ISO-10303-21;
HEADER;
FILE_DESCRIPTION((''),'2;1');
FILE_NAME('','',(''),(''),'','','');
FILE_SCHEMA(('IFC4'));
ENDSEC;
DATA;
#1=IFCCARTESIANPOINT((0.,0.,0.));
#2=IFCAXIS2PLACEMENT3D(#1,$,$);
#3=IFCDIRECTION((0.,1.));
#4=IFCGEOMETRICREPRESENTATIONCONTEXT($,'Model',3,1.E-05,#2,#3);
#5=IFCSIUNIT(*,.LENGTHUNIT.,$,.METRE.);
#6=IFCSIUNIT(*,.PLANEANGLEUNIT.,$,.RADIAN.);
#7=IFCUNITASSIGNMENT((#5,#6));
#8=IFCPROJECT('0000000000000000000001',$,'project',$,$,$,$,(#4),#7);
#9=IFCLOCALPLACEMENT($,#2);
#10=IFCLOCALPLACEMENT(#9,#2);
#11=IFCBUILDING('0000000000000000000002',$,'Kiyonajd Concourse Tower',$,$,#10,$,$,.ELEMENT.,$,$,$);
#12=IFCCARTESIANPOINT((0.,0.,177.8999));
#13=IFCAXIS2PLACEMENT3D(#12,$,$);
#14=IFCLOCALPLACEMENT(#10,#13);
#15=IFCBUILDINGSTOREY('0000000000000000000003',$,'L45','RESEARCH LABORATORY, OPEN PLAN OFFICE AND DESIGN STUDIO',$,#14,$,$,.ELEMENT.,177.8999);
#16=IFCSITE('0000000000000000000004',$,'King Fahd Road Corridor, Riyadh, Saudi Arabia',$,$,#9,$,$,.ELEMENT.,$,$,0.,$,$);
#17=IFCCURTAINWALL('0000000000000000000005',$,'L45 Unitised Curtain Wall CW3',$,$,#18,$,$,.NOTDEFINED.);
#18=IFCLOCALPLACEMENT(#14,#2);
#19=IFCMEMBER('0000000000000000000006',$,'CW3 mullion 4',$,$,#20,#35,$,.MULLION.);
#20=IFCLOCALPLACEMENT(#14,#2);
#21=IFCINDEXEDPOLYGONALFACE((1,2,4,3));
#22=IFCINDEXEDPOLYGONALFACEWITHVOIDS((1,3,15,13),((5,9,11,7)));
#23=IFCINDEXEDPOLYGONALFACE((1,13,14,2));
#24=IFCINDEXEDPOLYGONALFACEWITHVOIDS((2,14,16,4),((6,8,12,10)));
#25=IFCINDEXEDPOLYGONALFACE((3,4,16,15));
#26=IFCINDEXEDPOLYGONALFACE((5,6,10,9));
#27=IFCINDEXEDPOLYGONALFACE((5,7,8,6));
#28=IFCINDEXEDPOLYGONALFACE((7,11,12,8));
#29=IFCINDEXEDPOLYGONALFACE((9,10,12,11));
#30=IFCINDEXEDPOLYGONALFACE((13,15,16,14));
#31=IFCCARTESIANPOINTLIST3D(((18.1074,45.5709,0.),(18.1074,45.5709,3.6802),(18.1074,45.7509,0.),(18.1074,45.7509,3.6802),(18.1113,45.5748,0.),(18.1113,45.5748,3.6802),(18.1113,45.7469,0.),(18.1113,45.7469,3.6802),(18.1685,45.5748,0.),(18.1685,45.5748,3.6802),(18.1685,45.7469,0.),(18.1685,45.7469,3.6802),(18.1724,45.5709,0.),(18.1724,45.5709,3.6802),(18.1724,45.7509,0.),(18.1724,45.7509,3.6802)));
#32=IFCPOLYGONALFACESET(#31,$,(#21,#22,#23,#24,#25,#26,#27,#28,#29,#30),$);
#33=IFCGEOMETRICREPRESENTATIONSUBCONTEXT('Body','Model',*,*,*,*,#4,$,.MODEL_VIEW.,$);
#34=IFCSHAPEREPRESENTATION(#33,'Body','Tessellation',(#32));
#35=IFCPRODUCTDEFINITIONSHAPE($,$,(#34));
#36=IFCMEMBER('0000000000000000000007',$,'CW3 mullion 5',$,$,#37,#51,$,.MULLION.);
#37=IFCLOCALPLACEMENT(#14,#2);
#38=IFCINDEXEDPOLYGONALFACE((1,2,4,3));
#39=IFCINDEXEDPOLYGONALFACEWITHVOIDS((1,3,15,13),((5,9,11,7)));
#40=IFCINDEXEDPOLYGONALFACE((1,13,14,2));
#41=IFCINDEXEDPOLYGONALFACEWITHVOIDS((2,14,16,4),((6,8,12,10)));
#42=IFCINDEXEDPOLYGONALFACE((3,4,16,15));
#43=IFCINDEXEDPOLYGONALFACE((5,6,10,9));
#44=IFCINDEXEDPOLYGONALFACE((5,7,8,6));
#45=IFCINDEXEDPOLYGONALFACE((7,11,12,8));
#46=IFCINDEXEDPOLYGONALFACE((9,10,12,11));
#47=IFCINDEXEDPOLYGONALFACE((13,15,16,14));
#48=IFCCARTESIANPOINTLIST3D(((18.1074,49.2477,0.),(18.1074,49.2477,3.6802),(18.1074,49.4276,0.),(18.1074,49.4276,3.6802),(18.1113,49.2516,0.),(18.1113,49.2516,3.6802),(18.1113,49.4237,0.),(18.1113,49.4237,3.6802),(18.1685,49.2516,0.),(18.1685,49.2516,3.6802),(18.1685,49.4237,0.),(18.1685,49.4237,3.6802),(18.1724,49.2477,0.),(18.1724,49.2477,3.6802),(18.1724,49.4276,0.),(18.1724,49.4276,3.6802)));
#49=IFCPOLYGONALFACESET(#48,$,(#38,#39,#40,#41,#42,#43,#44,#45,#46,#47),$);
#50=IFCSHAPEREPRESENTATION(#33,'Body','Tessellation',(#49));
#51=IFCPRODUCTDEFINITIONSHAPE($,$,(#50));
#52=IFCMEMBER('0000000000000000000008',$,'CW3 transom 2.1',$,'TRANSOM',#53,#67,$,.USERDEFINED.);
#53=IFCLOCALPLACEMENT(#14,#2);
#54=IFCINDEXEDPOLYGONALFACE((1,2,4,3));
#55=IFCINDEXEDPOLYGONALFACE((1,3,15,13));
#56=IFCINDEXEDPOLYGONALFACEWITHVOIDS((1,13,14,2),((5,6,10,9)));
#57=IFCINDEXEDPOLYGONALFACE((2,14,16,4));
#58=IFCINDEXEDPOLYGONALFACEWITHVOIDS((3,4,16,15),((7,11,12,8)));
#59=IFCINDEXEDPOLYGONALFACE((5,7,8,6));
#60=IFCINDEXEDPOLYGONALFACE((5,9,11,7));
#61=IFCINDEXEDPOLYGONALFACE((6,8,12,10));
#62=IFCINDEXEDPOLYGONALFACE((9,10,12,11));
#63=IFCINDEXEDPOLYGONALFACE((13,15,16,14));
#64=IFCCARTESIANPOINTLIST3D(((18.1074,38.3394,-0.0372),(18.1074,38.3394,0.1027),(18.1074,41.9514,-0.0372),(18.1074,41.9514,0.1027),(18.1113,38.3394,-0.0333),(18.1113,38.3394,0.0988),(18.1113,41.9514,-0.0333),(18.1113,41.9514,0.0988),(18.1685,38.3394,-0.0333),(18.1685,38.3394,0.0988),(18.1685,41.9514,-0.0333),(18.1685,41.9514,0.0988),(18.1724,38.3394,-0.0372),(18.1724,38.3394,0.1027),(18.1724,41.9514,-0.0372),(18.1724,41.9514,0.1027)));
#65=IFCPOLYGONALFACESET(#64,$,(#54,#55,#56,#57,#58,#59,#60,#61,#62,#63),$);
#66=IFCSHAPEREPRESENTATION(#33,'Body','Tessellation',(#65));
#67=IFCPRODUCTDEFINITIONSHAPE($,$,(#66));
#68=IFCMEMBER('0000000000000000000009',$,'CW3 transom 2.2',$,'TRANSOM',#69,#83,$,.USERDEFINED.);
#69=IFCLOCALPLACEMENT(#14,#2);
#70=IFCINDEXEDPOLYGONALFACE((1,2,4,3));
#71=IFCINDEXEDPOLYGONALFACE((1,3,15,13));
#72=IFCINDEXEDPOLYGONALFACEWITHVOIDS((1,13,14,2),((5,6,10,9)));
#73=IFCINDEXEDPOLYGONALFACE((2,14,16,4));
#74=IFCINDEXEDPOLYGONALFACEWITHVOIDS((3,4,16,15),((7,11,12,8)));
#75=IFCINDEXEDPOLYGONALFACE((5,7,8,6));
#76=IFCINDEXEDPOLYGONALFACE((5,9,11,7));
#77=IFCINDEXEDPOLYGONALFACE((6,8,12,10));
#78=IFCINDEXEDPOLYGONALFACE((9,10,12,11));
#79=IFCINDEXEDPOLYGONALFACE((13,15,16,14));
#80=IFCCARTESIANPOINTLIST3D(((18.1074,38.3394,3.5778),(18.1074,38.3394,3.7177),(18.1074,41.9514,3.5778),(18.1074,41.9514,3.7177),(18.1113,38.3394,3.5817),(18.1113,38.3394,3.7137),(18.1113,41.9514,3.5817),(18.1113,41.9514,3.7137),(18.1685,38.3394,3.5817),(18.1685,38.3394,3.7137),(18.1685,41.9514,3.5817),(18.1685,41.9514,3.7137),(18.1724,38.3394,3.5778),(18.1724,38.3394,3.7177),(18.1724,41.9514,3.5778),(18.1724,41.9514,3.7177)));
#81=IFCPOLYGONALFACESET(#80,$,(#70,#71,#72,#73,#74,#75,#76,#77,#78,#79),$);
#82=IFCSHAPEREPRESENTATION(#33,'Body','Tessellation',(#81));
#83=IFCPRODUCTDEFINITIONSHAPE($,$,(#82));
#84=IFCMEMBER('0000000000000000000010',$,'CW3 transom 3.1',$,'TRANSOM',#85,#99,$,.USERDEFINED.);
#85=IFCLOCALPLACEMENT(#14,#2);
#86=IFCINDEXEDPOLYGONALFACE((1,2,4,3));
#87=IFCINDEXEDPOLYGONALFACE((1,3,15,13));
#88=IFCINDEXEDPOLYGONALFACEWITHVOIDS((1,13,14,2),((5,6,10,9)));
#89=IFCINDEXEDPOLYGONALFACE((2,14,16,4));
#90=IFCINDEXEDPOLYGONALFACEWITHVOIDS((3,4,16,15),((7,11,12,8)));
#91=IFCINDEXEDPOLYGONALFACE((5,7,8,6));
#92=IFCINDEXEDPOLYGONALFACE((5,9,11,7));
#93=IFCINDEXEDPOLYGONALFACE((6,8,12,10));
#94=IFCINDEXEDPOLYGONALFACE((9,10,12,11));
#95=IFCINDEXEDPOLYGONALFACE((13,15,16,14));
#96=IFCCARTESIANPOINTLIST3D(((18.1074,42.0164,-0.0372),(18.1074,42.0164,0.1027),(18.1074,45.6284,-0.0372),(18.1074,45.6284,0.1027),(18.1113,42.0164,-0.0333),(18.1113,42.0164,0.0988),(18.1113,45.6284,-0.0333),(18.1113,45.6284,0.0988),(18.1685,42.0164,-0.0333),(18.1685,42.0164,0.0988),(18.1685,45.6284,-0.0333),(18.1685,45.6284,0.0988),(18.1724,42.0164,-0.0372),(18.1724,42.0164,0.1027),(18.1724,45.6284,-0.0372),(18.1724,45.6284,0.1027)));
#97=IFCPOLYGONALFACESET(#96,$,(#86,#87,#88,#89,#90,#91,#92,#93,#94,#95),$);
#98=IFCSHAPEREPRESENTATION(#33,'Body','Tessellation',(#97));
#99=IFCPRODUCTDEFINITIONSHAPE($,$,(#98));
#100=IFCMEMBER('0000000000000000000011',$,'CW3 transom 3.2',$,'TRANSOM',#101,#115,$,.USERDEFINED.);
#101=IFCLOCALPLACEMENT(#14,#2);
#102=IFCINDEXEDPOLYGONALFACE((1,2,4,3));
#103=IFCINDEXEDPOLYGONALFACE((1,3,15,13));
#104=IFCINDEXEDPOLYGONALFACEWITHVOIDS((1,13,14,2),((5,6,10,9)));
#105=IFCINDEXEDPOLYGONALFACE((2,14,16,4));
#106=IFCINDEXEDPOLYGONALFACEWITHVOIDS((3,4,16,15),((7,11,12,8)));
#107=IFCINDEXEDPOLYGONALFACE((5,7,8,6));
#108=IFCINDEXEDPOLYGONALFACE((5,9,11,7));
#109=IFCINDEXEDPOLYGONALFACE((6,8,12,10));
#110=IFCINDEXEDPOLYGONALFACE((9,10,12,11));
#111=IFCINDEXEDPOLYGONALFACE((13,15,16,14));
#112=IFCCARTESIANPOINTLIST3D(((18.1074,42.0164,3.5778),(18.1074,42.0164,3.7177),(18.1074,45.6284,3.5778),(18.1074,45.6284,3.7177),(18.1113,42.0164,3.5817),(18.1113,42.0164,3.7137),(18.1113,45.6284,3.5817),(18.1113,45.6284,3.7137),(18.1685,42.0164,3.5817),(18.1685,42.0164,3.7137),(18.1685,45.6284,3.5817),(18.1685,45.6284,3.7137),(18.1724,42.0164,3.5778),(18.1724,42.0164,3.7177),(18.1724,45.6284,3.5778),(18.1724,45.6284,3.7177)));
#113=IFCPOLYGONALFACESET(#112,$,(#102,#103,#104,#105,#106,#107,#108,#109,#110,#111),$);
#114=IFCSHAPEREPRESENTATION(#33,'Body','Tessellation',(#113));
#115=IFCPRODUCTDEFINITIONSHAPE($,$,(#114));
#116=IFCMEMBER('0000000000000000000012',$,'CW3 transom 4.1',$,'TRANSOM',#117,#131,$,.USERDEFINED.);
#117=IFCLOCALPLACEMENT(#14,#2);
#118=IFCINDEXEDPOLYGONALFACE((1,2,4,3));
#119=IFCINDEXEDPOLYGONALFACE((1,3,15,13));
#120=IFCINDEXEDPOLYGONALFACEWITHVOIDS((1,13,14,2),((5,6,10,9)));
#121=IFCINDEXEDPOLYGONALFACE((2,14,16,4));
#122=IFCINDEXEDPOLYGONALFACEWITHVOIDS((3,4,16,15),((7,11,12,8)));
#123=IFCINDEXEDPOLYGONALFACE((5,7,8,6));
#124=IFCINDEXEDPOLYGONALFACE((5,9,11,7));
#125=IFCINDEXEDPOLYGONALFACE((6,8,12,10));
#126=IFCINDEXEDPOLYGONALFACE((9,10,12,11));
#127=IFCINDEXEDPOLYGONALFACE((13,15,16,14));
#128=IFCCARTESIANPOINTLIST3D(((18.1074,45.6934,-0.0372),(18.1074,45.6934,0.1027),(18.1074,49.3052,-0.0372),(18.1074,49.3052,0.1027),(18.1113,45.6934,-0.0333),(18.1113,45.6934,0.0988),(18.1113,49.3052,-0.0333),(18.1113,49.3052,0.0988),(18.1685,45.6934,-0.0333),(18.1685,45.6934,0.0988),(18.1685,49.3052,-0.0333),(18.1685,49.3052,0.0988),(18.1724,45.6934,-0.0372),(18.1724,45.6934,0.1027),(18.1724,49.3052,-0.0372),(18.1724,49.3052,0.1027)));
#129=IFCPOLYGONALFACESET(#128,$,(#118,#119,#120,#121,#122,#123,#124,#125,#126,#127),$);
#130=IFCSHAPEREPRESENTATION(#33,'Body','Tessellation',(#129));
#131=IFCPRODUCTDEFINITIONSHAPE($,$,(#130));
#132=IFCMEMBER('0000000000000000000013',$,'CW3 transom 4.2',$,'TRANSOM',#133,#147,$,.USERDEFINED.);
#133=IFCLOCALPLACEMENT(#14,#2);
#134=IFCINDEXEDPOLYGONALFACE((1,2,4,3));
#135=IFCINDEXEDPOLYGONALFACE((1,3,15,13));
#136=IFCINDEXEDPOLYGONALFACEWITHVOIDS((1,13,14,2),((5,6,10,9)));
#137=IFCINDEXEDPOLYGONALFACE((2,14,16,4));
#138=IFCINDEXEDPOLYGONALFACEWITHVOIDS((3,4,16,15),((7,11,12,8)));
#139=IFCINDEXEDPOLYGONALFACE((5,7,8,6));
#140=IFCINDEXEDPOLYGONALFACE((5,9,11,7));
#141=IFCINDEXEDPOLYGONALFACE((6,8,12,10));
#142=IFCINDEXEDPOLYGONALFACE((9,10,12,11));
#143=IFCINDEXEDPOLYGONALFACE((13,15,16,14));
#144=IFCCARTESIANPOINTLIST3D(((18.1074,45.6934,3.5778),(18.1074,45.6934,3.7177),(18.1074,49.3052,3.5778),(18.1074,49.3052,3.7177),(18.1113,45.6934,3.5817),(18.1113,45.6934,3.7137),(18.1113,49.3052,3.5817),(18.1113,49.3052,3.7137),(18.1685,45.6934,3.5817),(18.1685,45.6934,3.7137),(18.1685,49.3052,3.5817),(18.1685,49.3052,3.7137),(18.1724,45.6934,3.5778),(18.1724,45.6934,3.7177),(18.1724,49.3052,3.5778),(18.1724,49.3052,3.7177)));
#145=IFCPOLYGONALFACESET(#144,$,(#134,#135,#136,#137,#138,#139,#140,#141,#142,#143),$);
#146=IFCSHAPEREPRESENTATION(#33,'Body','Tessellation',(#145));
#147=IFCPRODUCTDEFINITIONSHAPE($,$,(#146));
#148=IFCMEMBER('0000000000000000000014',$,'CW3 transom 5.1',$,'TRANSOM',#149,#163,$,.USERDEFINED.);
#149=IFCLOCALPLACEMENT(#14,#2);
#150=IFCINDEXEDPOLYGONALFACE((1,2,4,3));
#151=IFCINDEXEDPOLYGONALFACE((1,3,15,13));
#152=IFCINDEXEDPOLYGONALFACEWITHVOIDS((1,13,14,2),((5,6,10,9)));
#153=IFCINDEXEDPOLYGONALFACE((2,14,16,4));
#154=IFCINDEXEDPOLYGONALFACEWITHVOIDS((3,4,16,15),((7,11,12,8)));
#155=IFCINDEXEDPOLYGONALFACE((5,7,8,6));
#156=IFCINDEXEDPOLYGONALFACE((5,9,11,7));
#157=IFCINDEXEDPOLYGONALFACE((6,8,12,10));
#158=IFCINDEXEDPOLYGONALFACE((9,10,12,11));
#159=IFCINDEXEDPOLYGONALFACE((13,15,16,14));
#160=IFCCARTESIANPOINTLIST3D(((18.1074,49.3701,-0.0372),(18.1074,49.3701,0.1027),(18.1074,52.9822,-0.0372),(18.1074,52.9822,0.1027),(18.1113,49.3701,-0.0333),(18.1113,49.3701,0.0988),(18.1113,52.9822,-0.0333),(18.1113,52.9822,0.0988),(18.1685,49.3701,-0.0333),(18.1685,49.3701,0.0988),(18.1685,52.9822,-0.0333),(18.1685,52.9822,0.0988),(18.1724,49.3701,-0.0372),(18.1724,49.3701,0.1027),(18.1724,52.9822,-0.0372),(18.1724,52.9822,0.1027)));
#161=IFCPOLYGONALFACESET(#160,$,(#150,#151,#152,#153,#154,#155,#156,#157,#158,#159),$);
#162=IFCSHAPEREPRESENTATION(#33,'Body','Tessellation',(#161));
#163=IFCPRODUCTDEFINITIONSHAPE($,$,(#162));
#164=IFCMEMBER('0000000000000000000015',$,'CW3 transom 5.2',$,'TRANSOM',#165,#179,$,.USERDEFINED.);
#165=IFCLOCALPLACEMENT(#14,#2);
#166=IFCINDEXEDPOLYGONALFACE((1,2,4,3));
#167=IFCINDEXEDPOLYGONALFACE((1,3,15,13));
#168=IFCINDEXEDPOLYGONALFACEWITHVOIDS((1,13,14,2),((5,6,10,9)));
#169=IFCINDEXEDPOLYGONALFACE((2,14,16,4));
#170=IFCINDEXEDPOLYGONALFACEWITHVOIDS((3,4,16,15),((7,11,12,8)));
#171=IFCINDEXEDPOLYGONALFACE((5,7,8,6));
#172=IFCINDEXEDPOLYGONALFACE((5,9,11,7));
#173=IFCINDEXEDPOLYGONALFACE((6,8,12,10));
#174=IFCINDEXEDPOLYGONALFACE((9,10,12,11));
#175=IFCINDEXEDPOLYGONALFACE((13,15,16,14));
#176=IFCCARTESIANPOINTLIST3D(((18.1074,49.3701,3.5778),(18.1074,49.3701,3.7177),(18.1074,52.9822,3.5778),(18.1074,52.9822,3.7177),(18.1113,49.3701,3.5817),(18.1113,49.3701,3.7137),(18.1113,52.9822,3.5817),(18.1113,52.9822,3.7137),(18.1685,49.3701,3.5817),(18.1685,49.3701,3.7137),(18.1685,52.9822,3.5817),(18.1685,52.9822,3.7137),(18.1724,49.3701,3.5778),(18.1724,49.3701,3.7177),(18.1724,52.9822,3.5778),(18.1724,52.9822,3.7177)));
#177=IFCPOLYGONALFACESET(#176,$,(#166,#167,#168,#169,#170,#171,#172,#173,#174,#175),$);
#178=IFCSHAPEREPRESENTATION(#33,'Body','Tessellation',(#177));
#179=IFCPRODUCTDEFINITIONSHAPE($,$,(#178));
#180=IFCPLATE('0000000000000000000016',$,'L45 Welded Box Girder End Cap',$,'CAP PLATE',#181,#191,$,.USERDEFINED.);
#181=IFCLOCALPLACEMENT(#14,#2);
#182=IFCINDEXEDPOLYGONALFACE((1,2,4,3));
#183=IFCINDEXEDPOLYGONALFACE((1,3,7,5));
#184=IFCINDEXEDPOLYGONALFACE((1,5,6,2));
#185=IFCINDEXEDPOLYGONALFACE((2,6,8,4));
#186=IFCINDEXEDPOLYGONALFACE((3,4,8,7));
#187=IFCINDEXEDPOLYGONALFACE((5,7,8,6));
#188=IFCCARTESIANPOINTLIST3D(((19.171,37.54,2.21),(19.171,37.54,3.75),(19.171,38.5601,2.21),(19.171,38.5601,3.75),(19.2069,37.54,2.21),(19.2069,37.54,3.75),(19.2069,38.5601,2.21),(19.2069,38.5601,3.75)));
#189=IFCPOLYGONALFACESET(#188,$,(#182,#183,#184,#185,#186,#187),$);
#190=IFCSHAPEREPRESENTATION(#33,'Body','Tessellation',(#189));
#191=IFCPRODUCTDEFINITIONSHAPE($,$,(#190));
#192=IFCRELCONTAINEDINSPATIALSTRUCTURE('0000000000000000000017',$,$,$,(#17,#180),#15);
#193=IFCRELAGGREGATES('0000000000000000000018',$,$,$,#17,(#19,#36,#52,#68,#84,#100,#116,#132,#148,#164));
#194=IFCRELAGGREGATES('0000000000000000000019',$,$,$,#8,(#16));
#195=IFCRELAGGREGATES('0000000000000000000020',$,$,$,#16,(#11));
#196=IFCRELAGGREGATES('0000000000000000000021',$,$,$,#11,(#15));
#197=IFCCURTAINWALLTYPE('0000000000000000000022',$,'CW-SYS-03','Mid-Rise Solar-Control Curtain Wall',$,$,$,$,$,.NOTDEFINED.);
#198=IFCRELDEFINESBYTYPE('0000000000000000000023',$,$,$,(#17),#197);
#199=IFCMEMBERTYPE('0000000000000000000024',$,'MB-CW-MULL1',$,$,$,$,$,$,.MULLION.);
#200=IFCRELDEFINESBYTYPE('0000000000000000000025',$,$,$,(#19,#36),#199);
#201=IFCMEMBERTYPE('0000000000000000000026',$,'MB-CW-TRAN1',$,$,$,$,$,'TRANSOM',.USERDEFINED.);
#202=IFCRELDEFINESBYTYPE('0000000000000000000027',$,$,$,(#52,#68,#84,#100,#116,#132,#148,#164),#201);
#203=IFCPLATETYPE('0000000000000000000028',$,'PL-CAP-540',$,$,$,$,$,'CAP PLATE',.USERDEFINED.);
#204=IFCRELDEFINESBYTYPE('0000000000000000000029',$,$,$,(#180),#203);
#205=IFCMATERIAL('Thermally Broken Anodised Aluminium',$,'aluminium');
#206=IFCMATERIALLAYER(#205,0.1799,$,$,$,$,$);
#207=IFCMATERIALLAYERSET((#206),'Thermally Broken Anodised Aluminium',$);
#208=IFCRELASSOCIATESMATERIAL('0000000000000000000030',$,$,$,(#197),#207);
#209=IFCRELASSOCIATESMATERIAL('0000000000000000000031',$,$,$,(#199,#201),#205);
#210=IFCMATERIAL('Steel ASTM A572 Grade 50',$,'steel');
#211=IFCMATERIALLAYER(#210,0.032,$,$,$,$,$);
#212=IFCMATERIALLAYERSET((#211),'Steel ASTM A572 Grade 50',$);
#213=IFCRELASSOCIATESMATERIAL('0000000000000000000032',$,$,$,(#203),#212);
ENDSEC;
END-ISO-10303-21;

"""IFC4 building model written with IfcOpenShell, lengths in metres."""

from ifc_helpers import new_model, si_unit, direction, frame, origin, origin_2d, place, context, subcontext, project, spatial, rectangle, hollow_rectangle, extrude, material, layer, layer_set, material_profile, profile_set, type_object, element, aggregate, save


model = new_model("IFC4")

# Units and contexts
model_context = context("Model", 3, precision=1e-05, world=origin(), true_north=direction((0.0, 1.0)))
body_context = subcontext(model_context, "Body", "Model", "MODEL_VIEW")
ifc_project = project(units=[si_unit("LENGTHUNIT", "METRE"), si_unit("PLANEANGLEUNIT", "RADIAN")], contexts=[model_context])

# Site, building, storey
site_placement = place(None, origin())
site = spatial("IfcSite", under=ifc_project, at=site_placement, Name="King Fahd Road Corridor, Riyadh, Saudi Arabia", CompositionType="ELEMENT", RefElevation=0.0)
building_placement = place(site_placement, origin())
building = spatial("IfcBuilding", under=site, at=building_placement, Name="Kiyonajd Concourse Tower", CompositionType="ELEMENT")
storey_placement = place(building_placement, frame((0.0, 0.0, 177.8999)))
storey = spatial("IfcBuildingStorey", under=building, at=storey_placement, Name="L45", Description="RESEARCH LABORATORY, OPEN PLAN OFFICE AND DESIGN STUDIO", CompositionType="ELEMENT", Elevation=177.8999)

# Shared definitions
ifc_material_1 = material(Name="Steel ASTM A572 Grade 50", Category="steel")

# Curtain wall, members
ifc_material_2 = material(Name="Thermally Broken Anodised Aluminium", Category="aluminium")
ifc_layer_1 = layer(ifc_material_2, 0.1799)
ifc_layer_set_1 = layer_set([ifc_layer_1], Name="Thermally Broken Anodised Aluminium")
curtain_wall_type = type_object("IfcCurtainWallType", Name="CW-SYS-03", Description="Mid-Rise Solar-Control Curtain Wall", PredefinedType="NOTDEFINED", material=ifc_layer_set_1)
curtain_wall_placement = place(storey_placement, origin())
curtain_wall = element("IfcCurtainWall", 1, at=curtain_wall_placement, inside=storey, type_object=curtain_wall_type, Name="L45 Unitised Curtain Wall CW3", PredefinedType="NOTDEFINED")
ifc_material_profile_1 = material_profile(ifc_material_2, hollow_rectangle(XDim=0.0649, YDim=0.1799, WallThickness=0.0039, at=origin_2d()), Name="MULL-65x180")
ifc_profile_set_1 = profile_set([ifc_material_profile_1], Name="Thermally Broken Anodised Aluminium")
member_type_1 = type_object("IfcMemberType", Name="MB-CW-MULL1", PredefinedType="MULLION", material=ifc_profile_set_1)
member_1_placement = place(storey_placement, frame((18.1399, 45.6609, 0.0), z_axis=(0.0, 0.0, 1.0), x_axis=(-1.0, 0.0, 0.0)))
member_1 = element("IfcMember", 2, at=member_1_placement, type_object=member_type_1, Name="CW3 mullion 4", PredefinedType="MULLION", context=body_context, shape_type="SweptSolid", body=[
    extrude(hollow_rectangle(XDim=0.0649, YDim=0.1799, WallThickness=0.0039, at=origin_2d()), origin(), (0.0, 0.0, 1.0), 3.6802),
])
member_2_placement = place(storey_placement, frame((18.1399, 49.3376, 0.0), z_axis=(0.0, 0.0, 1.0), x_axis=(-1.0, 0.0, 0.0)))
member_2 = element("IfcMember", 3, at=member_2_placement, type_object=member_type_1, Name="CW3 mullion 5", PredefinedType="MULLION", context=body_context, shape_type="SweptSolid", body=[
    extrude(hollow_rectangle(XDim=0.0649, YDim=0.1799, WallThickness=0.0039, at=origin_2d()), origin(), (0.0, 0.0, 1.0), 3.6802),
])
ifc_material_profile_2 = material_profile(ifc_material_2, hollow_rectangle(XDim=0.0649, YDim=0.1399, WallThickness=0.0039, at=origin_2d()), Name="TRAN-65x140")
ifc_profile_set_2 = profile_set([ifc_material_profile_2], Name="Thermally Broken Anodised Aluminium")
member_type_2 = type_object("IfcMemberType", Name="MB-CW-TRAN1", ElementType="TRANSOM", PredefinedType="USERDEFINED", material=ifc_profile_set_2)
member_3_placement = place(storey_placement, frame((18.1399, 38.3394, 0.0327), z_axis=(0.0, 1.0, 0.0), x_axis=(-1.0, 0.0, 0.0)))
member_3 = element("IfcMember", 4, at=member_3_placement, type_object=member_type_2, Name="CW3 transom 2.1", ObjectType="TRANSOM", PredefinedType="USERDEFINED", context=body_context, shape_type="SweptSolid", body=[
    extrude(hollow_rectangle(XDim=0.0649, YDim=0.1399, WallThickness=0.0039, at=origin_2d()), origin(), (0.0, 0.0, 1.0), 3.6121),
])
member_4_placement = place(storey_placement, frame((18.1399, 38.3394, 3.6477), z_axis=(0.0, 1.0, 0.0), x_axis=(-1.0, 0.0, 0.0)))
member_4 = element("IfcMember", 5, at=member_4_placement, type_object=member_type_2, Name="CW3 transom 2.2", ObjectType="TRANSOM", PredefinedType="USERDEFINED", context=body_context, shape_type="SweptSolid", body=[
    extrude(hollow_rectangle(XDim=0.0649, YDim=0.1399, WallThickness=0.0039, at=origin_2d()), origin(), (0.0, 0.0, 1.0), 3.6121),
])
member_5_placement = place(storey_placement, frame((18.1399, 42.0164, 0.0327), z_axis=(0.0, 1.0, 0.0), x_axis=(-1.0, 0.0, 0.0)))
member_5 = element("IfcMember", 6, at=member_5_placement, type_object=member_type_2, Name="CW3 transom 3.1", ObjectType="TRANSOM", PredefinedType="USERDEFINED", context=body_context, shape_type="SweptSolid", body=[
    extrude(hollow_rectangle(XDim=0.0649, YDim=0.1399, WallThickness=0.0039, at=origin_2d()), origin(), (0.0, 0.0, 1.0), 3.6121),
])
member_6_placement = place(storey_placement, frame((18.1399, 42.0164, 3.6477), z_axis=(0.0, 1.0, 0.0), x_axis=(-1.0, 0.0, 0.0)))
member_6 = element("IfcMember", 7, at=member_6_placement, type_object=member_type_2, Name="CW3 transom 3.2", ObjectType="TRANSOM", PredefinedType="USERDEFINED", context=body_context, shape_type="SweptSolid", body=[
    extrude(hollow_rectangle(XDim=0.0649, YDim=0.1399, WallThickness=0.0039, at=origin_2d()), origin(), (0.0, 0.0, 1.0), 3.6121),
])
member_7_placement = place(storey_placement, frame((18.1399, 45.6934, 0.0327), z_axis=(0.0, 1.0, 0.0), x_axis=(-1.0, 0.0, 0.0)))
member_7 = element("IfcMember", 8, at=member_7_placement, type_object=member_type_2, Name="CW3 transom 4.1", ObjectType="TRANSOM", PredefinedType="USERDEFINED", context=body_context, shape_type="SweptSolid", body=[
    extrude(hollow_rectangle(XDim=0.0649, YDim=0.1399, WallThickness=0.0039, at=origin_2d()), origin(), (0.0, 0.0, 1.0), 3.6118),
])
member_8_placement = place(storey_placement, frame((18.1399, 45.6934, 3.6477), z_axis=(0.0, 1.0, 0.0), x_axis=(-1.0, 0.0, 0.0)))
member_8 = element("IfcMember", 9, at=member_8_placement, type_object=member_type_2, Name="CW3 transom 4.2", ObjectType="TRANSOM", PredefinedType="USERDEFINED", context=body_context, shape_type="SweptSolid", body=[
    extrude(hollow_rectangle(XDim=0.0649, YDim=0.1399, WallThickness=0.0039, at=origin_2d()), origin(), (0.0, 0.0, 1.0), 3.6118),
])
member_9_placement = place(storey_placement, frame((18.1399, 49.3701, 0.0327), z_axis=(0.0, 1.0, 0.0), x_axis=(-1.0, 0.0, 0.0)))
member_9 = element("IfcMember", 10, at=member_9_placement, type_object=member_type_2, Name="CW3 transom 5.1", ObjectType="TRANSOM", PredefinedType="USERDEFINED", context=body_context, shape_type="SweptSolid", body=[
    extrude(hollow_rectangle(XDim=0.0649, YDim=0.1399, WallThickness=0.0039, at=origin_2d()), origin(), (0.0, 0.0, 1.0), 3.6121),
])
member_10_placement = place(storey_placement, frame((18.1399, 49.3701, 3.6477), z_axis=(0.0, 1.0, 0.0), x_axis=(-1.0, 0.0, 0.0)))
member_10 = element("IfcMember", 11, at=member_10_placement, type_object=member_type_2, Name="CW3 transom 5.2", ObjectType="TRANSOM", PredefinedType="USERDEFINED", context=body_context, shape_type="SweptSolid", body=[
    extrude(hollow_rectangle(XDim=0.0649, YDim=0.1399, WallThickness=0.0039, at=origin_2d()), origin(), (0.0, 0.0, 1.0), 3.6121),
])

# Plate
ifc_layer_2 = layer(ifc_material_1, 0.032)
ifc_layer_set_2 = layer_set([ifc_layer_2], Name="Steel ASTM A572 Grade 50")
plate_type_1 = type_object("IfcPlateType", Name="PL-CAP-540", ElementType="CAP PLATE", PredefinedType="USERDEFINED", material=ifc_layer_set_2)
for number, where, z_axis, x_axis, name in (
    (12, (19.189, 38.05, 2.21), (0.0, 0.0, 1.0), (-1.0, 0.0, 0.0), "L45 Welded Box Girder End Cap"),
):
    element("IfcPlate", number, at=place(storey_placement, frame(where, z_axis=z_axis, x_axis=x_axis)), inside=storey, type_object=plate_type_1, Name=name, ObjectType="CAP PLATE", PredefinedType="USERDEFINED", context=body_context, shape_type="SweptSolid", body=[
        extrude(rectangle(XDim=0.0359, YDim=1.02, at=origin_2d()), origin(), (0.0, 0.0, 1.0), 1.54),
    ])

aggregate(curtain_wall, [member_1, member_2, member_3, member_4, member_5, member_6, member_7, member_8, member_9, member_10])

save(model, "model.ifc")
